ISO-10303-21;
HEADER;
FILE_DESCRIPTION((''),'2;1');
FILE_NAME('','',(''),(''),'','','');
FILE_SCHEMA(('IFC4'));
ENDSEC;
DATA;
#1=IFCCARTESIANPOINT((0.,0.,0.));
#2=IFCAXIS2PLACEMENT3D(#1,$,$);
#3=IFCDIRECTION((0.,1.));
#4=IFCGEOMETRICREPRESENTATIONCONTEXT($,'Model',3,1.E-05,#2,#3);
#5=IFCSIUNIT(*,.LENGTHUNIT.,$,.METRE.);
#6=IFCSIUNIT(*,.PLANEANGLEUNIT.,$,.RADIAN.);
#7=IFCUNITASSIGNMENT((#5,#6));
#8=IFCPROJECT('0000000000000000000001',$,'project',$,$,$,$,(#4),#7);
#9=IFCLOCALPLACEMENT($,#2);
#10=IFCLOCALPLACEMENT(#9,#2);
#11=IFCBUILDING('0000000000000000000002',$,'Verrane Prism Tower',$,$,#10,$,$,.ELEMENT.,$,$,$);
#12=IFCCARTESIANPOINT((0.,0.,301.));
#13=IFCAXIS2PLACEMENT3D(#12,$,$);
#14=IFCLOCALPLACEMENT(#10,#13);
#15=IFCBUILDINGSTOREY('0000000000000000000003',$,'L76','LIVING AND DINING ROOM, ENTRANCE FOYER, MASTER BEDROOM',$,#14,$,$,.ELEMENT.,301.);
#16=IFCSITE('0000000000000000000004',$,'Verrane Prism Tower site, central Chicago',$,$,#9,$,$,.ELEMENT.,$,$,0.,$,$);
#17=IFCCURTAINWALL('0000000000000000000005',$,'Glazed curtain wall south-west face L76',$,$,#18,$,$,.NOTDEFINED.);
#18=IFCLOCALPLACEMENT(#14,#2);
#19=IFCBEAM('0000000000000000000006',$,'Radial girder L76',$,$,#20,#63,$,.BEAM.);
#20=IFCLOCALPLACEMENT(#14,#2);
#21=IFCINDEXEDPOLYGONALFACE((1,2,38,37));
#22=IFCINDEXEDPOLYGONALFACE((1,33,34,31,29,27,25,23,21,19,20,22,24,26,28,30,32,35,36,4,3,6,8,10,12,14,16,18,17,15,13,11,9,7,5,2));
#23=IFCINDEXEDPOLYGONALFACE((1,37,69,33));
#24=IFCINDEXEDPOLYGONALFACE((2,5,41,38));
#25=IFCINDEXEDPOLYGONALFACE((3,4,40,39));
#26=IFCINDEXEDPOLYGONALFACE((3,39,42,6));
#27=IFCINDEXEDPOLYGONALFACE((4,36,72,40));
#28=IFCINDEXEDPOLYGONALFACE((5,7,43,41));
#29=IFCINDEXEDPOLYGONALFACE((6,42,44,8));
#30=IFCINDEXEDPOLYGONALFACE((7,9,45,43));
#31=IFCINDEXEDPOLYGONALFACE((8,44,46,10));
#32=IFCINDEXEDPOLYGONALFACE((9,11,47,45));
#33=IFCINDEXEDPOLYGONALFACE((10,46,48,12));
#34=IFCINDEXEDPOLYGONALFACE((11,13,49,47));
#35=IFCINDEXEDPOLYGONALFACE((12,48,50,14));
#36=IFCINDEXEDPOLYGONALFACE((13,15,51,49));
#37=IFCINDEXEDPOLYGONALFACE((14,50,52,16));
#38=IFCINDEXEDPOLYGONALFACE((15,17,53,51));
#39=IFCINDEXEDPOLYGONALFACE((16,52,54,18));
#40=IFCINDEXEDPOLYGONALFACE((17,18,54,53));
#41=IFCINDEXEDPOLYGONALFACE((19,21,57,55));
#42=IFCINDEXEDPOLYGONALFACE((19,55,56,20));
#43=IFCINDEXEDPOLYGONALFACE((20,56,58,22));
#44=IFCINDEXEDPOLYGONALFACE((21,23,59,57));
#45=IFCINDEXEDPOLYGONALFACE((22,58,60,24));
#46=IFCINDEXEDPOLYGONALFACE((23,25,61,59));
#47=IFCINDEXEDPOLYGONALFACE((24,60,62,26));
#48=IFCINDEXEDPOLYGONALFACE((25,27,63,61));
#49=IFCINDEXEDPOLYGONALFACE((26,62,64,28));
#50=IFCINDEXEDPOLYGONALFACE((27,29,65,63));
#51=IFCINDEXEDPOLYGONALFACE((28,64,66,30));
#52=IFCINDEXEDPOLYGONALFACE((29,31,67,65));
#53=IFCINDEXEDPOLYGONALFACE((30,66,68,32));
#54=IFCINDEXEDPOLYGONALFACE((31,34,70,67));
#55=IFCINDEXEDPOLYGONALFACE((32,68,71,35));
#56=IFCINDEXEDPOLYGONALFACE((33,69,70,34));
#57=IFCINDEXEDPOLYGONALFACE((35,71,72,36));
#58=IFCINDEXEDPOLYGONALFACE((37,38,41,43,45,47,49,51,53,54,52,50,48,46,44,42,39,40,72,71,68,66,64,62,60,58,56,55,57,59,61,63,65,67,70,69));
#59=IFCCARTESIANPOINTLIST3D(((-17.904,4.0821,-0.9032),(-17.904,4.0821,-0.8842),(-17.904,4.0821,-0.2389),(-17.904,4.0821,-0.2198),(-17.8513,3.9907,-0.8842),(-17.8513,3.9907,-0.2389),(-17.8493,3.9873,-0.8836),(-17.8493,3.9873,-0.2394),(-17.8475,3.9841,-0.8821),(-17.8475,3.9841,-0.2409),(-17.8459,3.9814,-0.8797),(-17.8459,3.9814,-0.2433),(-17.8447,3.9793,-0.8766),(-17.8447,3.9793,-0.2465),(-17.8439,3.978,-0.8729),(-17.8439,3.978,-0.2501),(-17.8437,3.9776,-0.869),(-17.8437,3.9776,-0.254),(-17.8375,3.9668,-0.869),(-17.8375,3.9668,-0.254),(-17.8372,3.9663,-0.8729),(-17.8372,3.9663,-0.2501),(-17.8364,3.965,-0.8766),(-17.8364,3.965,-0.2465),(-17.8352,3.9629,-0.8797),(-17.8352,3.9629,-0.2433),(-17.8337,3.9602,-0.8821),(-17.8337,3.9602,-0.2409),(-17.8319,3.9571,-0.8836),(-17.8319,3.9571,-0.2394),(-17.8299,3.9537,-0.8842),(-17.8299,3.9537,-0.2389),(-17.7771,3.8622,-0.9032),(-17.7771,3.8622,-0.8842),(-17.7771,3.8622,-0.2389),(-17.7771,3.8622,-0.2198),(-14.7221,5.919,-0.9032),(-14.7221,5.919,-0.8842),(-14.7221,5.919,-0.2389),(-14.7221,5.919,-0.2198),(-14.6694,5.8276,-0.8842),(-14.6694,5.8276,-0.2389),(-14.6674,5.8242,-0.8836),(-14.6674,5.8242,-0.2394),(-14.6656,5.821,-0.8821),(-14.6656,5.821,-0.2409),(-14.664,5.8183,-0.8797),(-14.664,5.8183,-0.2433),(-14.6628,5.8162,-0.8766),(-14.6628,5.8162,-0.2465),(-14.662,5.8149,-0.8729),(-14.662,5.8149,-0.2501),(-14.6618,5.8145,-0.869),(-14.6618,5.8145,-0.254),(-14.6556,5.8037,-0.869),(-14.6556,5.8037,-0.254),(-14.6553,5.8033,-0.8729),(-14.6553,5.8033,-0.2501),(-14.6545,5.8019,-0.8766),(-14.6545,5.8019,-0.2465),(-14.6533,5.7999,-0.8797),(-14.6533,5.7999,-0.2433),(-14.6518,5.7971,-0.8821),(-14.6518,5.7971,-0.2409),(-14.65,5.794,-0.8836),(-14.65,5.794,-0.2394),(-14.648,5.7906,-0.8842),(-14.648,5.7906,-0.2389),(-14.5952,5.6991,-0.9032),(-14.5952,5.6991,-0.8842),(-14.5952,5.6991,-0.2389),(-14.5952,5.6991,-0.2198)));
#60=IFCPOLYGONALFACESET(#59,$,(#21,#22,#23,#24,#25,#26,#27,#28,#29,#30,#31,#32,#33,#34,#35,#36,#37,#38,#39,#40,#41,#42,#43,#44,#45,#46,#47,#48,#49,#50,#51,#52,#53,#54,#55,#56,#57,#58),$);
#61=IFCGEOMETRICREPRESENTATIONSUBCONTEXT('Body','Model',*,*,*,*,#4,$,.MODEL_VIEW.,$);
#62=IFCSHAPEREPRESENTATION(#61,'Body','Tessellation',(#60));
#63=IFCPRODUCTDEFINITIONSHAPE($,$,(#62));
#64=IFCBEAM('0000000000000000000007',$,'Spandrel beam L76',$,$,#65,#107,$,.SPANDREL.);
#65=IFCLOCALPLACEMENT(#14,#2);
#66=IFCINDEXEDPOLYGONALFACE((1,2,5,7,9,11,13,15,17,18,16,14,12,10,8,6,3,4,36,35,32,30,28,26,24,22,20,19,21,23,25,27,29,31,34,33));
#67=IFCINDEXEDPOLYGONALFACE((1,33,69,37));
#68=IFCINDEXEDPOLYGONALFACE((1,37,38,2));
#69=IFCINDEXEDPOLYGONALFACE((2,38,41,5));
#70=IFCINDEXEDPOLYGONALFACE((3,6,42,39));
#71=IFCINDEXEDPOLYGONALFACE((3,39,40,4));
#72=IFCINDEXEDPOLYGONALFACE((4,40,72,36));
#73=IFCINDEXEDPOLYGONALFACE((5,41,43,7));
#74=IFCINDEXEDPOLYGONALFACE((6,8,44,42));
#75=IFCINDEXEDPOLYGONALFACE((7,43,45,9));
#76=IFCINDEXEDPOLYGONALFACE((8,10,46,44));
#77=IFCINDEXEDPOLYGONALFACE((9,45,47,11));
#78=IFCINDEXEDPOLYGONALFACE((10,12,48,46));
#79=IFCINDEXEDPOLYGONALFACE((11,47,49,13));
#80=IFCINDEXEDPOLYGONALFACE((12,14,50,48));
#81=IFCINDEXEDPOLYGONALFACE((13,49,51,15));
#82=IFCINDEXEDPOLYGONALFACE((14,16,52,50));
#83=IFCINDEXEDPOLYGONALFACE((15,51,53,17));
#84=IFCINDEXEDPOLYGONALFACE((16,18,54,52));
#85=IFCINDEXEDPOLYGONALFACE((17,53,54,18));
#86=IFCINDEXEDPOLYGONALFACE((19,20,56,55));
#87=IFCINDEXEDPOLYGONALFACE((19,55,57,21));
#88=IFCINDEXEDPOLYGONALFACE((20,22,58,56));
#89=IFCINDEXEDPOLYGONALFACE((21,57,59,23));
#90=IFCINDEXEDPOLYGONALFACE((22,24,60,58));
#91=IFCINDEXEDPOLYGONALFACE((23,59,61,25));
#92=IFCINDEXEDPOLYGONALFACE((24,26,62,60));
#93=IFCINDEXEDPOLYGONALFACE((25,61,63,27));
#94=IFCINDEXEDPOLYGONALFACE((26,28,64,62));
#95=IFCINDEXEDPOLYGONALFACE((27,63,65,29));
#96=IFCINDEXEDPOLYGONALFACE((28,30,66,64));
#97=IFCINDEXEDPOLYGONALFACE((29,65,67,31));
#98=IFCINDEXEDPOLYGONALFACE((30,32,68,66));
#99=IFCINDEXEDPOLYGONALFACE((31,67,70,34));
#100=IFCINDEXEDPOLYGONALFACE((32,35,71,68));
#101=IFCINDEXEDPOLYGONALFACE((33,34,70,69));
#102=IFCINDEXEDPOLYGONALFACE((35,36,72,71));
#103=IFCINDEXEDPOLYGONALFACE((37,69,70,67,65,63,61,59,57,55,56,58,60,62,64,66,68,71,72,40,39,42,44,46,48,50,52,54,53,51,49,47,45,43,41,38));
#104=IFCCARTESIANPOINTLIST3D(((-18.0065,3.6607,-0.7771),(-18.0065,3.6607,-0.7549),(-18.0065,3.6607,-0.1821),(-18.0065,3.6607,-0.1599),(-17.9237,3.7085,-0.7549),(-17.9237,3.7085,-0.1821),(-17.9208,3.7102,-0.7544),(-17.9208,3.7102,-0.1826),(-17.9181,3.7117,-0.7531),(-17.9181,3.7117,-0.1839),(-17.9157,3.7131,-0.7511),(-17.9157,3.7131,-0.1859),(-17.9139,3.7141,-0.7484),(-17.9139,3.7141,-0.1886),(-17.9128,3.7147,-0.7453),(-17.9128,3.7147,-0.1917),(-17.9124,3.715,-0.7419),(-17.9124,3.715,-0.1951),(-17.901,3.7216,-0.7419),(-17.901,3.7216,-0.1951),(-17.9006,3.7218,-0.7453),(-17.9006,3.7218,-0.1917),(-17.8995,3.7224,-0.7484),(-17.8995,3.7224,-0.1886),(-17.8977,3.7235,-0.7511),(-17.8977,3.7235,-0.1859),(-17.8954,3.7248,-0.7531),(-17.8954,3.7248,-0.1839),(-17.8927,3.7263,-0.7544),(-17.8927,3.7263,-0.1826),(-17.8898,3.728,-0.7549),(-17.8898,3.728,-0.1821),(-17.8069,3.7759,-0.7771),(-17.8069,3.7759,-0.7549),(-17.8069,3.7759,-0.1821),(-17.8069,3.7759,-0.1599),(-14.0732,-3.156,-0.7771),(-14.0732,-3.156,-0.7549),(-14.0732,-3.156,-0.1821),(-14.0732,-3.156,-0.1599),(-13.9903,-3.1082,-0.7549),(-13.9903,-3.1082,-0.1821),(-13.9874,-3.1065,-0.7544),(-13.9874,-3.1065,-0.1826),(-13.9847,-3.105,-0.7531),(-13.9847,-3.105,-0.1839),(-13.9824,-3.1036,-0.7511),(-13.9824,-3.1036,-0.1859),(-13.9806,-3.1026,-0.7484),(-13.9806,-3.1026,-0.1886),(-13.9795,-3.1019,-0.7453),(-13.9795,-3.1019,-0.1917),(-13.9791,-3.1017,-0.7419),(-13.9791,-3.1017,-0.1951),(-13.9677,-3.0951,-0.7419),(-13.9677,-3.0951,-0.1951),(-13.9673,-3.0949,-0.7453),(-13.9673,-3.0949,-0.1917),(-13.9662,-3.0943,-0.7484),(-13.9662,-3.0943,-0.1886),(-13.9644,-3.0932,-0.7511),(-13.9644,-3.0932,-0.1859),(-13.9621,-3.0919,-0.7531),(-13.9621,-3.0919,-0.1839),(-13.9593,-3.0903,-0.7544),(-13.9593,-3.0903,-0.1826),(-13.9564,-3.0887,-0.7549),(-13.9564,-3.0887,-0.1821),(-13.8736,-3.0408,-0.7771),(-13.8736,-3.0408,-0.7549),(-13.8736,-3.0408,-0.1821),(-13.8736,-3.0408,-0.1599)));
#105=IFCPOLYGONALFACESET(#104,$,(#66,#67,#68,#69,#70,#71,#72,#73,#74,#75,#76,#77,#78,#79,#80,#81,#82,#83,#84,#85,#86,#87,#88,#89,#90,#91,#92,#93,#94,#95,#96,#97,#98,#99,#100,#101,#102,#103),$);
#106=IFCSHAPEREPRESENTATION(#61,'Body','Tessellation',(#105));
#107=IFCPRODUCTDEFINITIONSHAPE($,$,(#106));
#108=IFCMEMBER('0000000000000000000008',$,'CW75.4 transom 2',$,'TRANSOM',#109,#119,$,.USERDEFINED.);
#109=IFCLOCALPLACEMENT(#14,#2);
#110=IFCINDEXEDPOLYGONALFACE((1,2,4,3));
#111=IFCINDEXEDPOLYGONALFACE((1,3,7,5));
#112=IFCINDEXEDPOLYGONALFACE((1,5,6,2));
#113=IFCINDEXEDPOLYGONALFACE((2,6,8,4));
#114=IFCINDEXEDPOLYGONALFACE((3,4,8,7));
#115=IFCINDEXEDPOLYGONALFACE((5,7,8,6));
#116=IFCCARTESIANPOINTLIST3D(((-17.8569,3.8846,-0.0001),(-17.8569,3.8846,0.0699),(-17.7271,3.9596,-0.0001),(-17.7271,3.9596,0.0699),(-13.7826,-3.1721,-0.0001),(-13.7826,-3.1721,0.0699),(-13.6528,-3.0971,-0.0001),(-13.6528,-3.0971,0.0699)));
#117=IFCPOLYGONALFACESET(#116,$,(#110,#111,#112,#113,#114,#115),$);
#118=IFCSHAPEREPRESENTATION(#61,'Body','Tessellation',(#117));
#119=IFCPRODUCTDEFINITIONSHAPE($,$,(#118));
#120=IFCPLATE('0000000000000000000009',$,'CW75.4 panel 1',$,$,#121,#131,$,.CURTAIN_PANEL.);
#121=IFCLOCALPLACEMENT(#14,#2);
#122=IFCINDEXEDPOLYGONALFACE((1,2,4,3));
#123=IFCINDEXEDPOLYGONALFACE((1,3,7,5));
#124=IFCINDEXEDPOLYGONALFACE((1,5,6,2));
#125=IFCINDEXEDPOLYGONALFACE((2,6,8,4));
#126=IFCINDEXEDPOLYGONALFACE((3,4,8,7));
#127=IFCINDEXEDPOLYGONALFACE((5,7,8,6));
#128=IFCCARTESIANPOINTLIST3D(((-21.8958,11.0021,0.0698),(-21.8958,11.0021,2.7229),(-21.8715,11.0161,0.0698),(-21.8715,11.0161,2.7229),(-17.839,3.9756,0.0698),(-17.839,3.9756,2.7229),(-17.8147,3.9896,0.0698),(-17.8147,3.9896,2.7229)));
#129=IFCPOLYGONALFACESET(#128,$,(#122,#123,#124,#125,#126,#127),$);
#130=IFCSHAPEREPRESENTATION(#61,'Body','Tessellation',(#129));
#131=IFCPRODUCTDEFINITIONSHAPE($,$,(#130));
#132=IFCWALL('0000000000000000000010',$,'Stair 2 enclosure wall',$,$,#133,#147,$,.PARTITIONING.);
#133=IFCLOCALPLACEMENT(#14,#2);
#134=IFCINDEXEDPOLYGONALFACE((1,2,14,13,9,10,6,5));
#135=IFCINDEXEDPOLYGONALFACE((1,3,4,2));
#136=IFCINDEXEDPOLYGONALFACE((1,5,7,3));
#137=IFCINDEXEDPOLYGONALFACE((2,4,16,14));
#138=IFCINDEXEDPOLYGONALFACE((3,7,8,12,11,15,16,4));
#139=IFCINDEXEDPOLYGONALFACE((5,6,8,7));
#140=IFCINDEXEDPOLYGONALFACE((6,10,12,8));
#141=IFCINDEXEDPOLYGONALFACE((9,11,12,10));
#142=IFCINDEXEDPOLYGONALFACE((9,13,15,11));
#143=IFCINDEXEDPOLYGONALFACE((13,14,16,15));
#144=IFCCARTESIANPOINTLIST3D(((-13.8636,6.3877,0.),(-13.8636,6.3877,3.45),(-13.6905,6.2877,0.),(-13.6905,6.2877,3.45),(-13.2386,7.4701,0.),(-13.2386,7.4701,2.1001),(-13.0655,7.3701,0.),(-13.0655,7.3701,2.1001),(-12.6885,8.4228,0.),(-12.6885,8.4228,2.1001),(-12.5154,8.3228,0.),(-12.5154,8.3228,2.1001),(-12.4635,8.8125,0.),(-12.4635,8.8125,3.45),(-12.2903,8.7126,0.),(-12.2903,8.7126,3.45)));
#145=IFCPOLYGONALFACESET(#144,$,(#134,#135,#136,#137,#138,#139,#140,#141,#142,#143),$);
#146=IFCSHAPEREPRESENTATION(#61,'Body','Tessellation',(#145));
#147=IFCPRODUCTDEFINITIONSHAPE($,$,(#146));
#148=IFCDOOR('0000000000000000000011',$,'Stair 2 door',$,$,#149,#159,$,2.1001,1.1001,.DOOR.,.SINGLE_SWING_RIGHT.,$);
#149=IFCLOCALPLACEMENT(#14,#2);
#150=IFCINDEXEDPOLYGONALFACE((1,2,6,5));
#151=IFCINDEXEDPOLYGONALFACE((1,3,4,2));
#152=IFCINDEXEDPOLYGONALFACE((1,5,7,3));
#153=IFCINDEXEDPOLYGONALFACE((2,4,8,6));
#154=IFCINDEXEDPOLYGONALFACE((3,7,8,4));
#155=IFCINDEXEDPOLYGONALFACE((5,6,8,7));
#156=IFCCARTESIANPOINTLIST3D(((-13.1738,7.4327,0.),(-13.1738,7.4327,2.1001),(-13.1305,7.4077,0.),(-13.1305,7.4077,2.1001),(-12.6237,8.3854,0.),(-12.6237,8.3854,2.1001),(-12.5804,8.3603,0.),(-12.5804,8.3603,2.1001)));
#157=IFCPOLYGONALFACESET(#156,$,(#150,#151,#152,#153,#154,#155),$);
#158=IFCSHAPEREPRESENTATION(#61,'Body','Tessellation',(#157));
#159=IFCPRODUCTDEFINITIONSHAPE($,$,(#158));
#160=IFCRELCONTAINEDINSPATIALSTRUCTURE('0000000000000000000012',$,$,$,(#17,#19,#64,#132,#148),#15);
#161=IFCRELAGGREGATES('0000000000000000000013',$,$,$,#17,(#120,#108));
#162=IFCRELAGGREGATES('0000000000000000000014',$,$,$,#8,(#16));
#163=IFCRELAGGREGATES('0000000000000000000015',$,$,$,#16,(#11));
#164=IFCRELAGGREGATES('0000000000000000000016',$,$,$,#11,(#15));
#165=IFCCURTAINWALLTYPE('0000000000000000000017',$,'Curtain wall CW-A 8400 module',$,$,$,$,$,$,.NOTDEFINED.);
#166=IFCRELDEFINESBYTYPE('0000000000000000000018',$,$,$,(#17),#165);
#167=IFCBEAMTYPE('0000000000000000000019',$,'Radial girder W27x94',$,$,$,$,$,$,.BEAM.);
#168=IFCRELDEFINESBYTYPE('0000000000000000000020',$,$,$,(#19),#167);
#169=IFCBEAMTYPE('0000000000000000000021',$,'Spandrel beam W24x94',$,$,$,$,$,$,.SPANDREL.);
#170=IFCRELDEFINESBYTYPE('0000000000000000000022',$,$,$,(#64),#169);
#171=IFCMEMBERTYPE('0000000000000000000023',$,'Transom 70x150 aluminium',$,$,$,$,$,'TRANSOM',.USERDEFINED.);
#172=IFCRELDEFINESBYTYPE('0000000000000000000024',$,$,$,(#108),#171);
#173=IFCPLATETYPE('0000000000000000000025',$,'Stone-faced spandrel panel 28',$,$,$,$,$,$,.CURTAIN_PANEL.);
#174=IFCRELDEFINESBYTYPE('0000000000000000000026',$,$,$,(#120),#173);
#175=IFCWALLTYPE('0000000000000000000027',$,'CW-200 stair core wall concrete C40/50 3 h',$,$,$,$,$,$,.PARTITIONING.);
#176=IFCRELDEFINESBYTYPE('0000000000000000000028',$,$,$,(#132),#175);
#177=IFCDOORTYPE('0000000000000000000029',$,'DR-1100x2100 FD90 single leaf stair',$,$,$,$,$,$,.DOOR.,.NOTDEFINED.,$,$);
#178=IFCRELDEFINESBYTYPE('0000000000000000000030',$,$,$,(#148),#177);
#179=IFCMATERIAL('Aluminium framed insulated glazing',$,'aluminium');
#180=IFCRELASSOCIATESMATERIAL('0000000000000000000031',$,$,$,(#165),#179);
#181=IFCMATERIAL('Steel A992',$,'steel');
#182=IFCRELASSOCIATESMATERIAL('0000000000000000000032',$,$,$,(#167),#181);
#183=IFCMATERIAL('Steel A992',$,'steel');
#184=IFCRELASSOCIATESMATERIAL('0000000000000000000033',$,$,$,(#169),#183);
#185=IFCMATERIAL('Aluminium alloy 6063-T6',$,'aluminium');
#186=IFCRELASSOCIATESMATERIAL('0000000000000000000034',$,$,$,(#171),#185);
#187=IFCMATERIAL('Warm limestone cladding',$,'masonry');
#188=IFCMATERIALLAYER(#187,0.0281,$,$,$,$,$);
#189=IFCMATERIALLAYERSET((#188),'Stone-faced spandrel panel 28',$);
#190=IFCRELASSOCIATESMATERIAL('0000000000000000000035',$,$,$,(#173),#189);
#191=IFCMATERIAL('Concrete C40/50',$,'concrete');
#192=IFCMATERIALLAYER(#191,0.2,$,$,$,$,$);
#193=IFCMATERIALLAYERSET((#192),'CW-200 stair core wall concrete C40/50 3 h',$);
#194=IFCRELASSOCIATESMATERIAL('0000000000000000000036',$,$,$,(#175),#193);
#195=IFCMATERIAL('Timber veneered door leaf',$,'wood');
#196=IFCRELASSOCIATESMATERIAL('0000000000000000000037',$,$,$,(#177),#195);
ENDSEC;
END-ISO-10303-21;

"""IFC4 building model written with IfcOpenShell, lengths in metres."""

from ifc_helpers import new_model, si_unit, direction, frame, frame_2d, origin, origin_2d, place, context, subcontext, project, spatial, rectangle, i_section, extrude, material, layer, layer_set, material_profile, profile_set, type_object, element, fill, aggregate, save


model = new_model("IFC4")

# Units and contexts
model_context = context("Model", 3, precision=1e-05, world=origin(), true_north=direction((0.0, 1.0)))
body_context = subcontext(model_context, "Body", "Model", "MODEL_VIEW")
ifc_project = project(units=[si_unit("LENGTHUNIT", "METRE"), si_unit("PLANEANGLEUNIT", "RADIAN")], contexts=[model_context])

# Site, building, storey
site_placement = place(None, origin())
site = spatial("IfcSite", under=ifc_project, at=site_placement, Name="Verrane Prism Tower site, central Chicago", CompositionType="ELEMENT", RefElevation=0.0)
building_placement = place(site_placement, origin())
building = spatial("IfcBuilding", under=site, at=building_placement, Name="Verrane Prism Tower", CompositionType="ELEMENT")
storey_placement = place(building_placement, frame((0.0, 0.0, 301.0)))
storey = spatial("IfcBuildingStorey", under=building, at=storey_placement, Name="L76", Description="LIVING AND DINING ROOM, ENTRANCE FOYER, MASTER BEDROOM", CompositionType="ELEMENT", Elevation=301.0)

# Curtain wall
ifc_material_1 = material(Name="Aluminium framed insulated glazing", Category="aluminium")
curtain_wall_type = type_object("IfcCurtainWallType", Name="Curtain wall CW-A 8400 module", PredefinedType="NOTDEFINED", material=ifc_material_1)
curtain_wall_placement = place(storey_placement, origin())
curtain_wall = element("IfcCurtainWall", 1, at=curtain_wall_placement, inside=storey, type_object=curtain_wall_type, Name="Glazed curtain wall south-west face L76", PredefinedType="NOTDEFINED")

# Beams
ifc_material_2 = material(Name="Steel A992", Category="steel")
ifc_material_profile_1 = material_profile(ifc_material_2, i_section(OverallWidth=0.2539, OverallDepth=0.6833, WebThickness=0.0125, FlangeThickness=0.019, FilletRadius=0.0151, at=origin_2d()), Name="W27x94")
ifc_profile_set_1 = profile_set([ifc_material_profile_1], Name="Steel A992")
beam_type_1 = type_object("IfcBeamType", Name="Radial girder W27x94", PredefinedType="BEAM", material=ifc_profile_set_1)
beam_1_placement = place(storey_placement, frame((-17.8406, 3.9722, -0.5615), z_axis=(0.866043, 0.49997, 0.0), x_axis=(-0.49997, 0.866043, 0.0)))
element("IfcBeam", 2, at=beam_1_placement, inside=storey, type_object=beam_type_1, Name="Radial girder L76", PredefinedType="BEAM", context=body_context, shape_type="SweptSolid", body=[
    extrude(i_section(OverallWidth=0.2539, OverallDepth=0.6833, WebThickness=0.0125, FlangeThickness=0.019, FilletRadius=0.0151, at=origin_2d()), origin(), (0.0, 0.0, 1.0), 3.6741),
])
ifc_material_3 = material(Name="Steel A992", Category="steel")
ifc_material_profile_2 = material_profile(ifc_material_3, i_section(OverallWidth=0.2305, OverallDepth=0.6172, WebThickness=0.0132, FlangeThickness=0.0222, FilletRadius=0.0129, at=origin_2d()), Name="W24x94")
ifc_profile_set_2 = profile_set([ifc_material_profile_2], Name="Steel A992")
beam_type_2 = type_object("IfcBeamType", Name="Spandrel beam W24x94", PredefinedType="SPANDREL", material=ifc_profile_set_2)
beam_2_placement = place(storey_placement, frame((-17.9067, 3.7183, -0.4685), z_axis=(0.499786, -0.866149, 0.0), x_axis=(0.866149, 0.499786, 0.0)))
element("IfcBeam", 3, at=beam_2_placement, inside=storey, type_object=beam_type_2, Name="Spandrel beam L76", PredefinedType="SPANDREL", context=body_context, shape_type="SweptSolid", body=[
    extrude(i_section(OverallWidth=0.2305, OverallDepth=0.6172, WebThickness=0.0132, FlangeThickness=0.0222, FilletRadius=0.0129, at=origin_2d()), origin(), (0.0, 0.0, 1.0), 7.8701),
])

# Member
ifc_material_4 = material(Name="Aluminium alloy 6063-T6", Category="aluminium")
ifc_material_profile_3 = material_profile(ifc_material_4, rectangle(XDim=0.1499, YDim=0.0701, at=origin_2d()), Name="Transom 70x150 aluminium")
ifc_profile_set_3 = profile_set([ifc_material_profile_3], Name="Aluminium alloy 6063-T6")
member_type_1 = type_object("IfcMemberType", Name="Transom 70x150 aluminium", ElementType="TRANSOM", PredefinedType="USERDEFINED", material=ifc_profile_set_3)
member_1_placement = place(storey_placement, frame((-17.792, 3.9221, 0.0349), z_axis=(0.500006, -0.866022, 0.0), x_axis=(0.866022, 0.500006, 0.0)))
member_1 = element("IfcMember", 4, at=member_1_placement, type_object=member_type_1, Name="CW75.4 transom 2", ObjectType="TRANSOM", PredefinedType="USERDEFINED", context=body_context, shape_type="SweptSolid", body=[
    extrude(rectangle(XDim=0.1499, YDim=0.0701, at=origin_2d()), origin(), (0.0, 0.0, 1.0), 8.1484),
])

# Plate
ifc_material_5 = material(Name="Warm limestone cladding", Category="masonry")
ifc_layer_1 = layer(ifc_material_5, 0.0281)
ifc_layer_set_1 = layer_set([ifc_layer_1], Name="Stone-faced spandrel panel 28")
plate_type = type_object("IfcPlateType", Name="Stone-faced spandrel panel 28", PredefinedType="CURTAIN_PANEL", material=ifc_layer_set_1)
plate_placement = place(storey_placement, frame((-19.8552, 7.4958, 0.0698), z_axis=(0.0, 0.0, 1.0), x_axis=(0.500001, -0.866025, 0.0)))
plate = element("IfcPlate", 5, at=plate_placement, type_object=plate_type, Name="CW75.4 panel 1", PredefinedType="CURTAIN_PANEL", context=body_context, shape_type="SweptSolid", body=[
    extrude(rectangle(XDim=8.1135, YDim=0.0281, at=origin_2d()), origin(), (0.0, 0.0, 1.0), 2.6531),
])
aggregate(curtain_wall, [plate, member_1])

# Wall, opening, door
ifc_material_6 = material(Name="Concrete C40/50", Category="concrete")
ifc_layer_2 = layer(ifc_material_6, 0.2)
ifc_layer_set_2 = layer_set([ifc_layer_2], Name="CW-200 stair core wall concrete C40/50 3 h")
wall_type_1 = type_object("IfcWallType", Name="CW-200 stair core wall concrete C40/50 3 h", PredefinedType="PARTITIONING", material=ifc_layer_set_2)
wall_1_placement = place(storey_placement, frame((-12.377, 8.7625, 0.0), z_axis=(0.0, 0.0, 1.0), x_axis=(-0.50005, -0.865997, 0.0)))
wall_1 = element("IfcWall", 6, at=wall_1_placement, inside=storey, type_object=wall_type_1, Name="Stair 2 enclosure wall", PredefinedType="PARTITIONING", context=body_context, shape_type="SweptSolid", body=[
    extrude(rectangle(XDim=2.8, YDim=0.2, at=frame_2d((1.3999, 0.0))), origin(), (0.0, 0.0, 1.0), 3.45),
])
opening_1_placement = place(wall_1_placement, frame((0.45, 0.0, 0.0)))
opening_1 = element("IfcOpeningElement", 7, at=opening_1_placement, cuts=wall_1, PredefinedType="OPENING", context=body_context, shape_type="SweptSolid", body=[
    extrude(rectangle(XDim=1.1001, YDim=2.1001, at=frame_2d((0.55, 1.05))), frame((0.0, 0.1099, 0.0), z_axis=(0.0, -1.0, 0.0), x_axis=(1.0, 0.0, 0.0)), (0.0, 0.0, 1.0), 0.22),
])
ifc_material_7 = material(Name="Timber veneered door leaf", Category="wood")
door_type_1 = type_object("IfcDoorType", Name="DR-1100x2100 FD90 single leaf stair", OperationType="NOTDEFINED", PredefinedType="DOOR", material=ifc_material_7)
door_1_placement = place(opening_1_placement, origin())
door_1 = element("IfcDoor", 8, at=door_1_placement, inside=storey, type_object=door_type_1, Name="Stair 2 door", OperationType="SINGLE_SWING_RIGHT", OverallHeight=2.1001, OverallWidth=1.1001, PredefinedType="DOOR", context=body_context, shape_type="SweptSolid", body=[
    extrude(rectangle(XDim=1.1001, YDim=2.1001, at=frame_2d((0.55, 1.05))), frame((0.0, 0.0249, 0.0), z_axis=(0.0, -1.0, 0.0), x_axis=(1.0, 0.0, 0.0)), (0.0, 0.0, 1.0), 0.05),
])
fill(opening_1, door_1)

save(model, "model.ifc")
